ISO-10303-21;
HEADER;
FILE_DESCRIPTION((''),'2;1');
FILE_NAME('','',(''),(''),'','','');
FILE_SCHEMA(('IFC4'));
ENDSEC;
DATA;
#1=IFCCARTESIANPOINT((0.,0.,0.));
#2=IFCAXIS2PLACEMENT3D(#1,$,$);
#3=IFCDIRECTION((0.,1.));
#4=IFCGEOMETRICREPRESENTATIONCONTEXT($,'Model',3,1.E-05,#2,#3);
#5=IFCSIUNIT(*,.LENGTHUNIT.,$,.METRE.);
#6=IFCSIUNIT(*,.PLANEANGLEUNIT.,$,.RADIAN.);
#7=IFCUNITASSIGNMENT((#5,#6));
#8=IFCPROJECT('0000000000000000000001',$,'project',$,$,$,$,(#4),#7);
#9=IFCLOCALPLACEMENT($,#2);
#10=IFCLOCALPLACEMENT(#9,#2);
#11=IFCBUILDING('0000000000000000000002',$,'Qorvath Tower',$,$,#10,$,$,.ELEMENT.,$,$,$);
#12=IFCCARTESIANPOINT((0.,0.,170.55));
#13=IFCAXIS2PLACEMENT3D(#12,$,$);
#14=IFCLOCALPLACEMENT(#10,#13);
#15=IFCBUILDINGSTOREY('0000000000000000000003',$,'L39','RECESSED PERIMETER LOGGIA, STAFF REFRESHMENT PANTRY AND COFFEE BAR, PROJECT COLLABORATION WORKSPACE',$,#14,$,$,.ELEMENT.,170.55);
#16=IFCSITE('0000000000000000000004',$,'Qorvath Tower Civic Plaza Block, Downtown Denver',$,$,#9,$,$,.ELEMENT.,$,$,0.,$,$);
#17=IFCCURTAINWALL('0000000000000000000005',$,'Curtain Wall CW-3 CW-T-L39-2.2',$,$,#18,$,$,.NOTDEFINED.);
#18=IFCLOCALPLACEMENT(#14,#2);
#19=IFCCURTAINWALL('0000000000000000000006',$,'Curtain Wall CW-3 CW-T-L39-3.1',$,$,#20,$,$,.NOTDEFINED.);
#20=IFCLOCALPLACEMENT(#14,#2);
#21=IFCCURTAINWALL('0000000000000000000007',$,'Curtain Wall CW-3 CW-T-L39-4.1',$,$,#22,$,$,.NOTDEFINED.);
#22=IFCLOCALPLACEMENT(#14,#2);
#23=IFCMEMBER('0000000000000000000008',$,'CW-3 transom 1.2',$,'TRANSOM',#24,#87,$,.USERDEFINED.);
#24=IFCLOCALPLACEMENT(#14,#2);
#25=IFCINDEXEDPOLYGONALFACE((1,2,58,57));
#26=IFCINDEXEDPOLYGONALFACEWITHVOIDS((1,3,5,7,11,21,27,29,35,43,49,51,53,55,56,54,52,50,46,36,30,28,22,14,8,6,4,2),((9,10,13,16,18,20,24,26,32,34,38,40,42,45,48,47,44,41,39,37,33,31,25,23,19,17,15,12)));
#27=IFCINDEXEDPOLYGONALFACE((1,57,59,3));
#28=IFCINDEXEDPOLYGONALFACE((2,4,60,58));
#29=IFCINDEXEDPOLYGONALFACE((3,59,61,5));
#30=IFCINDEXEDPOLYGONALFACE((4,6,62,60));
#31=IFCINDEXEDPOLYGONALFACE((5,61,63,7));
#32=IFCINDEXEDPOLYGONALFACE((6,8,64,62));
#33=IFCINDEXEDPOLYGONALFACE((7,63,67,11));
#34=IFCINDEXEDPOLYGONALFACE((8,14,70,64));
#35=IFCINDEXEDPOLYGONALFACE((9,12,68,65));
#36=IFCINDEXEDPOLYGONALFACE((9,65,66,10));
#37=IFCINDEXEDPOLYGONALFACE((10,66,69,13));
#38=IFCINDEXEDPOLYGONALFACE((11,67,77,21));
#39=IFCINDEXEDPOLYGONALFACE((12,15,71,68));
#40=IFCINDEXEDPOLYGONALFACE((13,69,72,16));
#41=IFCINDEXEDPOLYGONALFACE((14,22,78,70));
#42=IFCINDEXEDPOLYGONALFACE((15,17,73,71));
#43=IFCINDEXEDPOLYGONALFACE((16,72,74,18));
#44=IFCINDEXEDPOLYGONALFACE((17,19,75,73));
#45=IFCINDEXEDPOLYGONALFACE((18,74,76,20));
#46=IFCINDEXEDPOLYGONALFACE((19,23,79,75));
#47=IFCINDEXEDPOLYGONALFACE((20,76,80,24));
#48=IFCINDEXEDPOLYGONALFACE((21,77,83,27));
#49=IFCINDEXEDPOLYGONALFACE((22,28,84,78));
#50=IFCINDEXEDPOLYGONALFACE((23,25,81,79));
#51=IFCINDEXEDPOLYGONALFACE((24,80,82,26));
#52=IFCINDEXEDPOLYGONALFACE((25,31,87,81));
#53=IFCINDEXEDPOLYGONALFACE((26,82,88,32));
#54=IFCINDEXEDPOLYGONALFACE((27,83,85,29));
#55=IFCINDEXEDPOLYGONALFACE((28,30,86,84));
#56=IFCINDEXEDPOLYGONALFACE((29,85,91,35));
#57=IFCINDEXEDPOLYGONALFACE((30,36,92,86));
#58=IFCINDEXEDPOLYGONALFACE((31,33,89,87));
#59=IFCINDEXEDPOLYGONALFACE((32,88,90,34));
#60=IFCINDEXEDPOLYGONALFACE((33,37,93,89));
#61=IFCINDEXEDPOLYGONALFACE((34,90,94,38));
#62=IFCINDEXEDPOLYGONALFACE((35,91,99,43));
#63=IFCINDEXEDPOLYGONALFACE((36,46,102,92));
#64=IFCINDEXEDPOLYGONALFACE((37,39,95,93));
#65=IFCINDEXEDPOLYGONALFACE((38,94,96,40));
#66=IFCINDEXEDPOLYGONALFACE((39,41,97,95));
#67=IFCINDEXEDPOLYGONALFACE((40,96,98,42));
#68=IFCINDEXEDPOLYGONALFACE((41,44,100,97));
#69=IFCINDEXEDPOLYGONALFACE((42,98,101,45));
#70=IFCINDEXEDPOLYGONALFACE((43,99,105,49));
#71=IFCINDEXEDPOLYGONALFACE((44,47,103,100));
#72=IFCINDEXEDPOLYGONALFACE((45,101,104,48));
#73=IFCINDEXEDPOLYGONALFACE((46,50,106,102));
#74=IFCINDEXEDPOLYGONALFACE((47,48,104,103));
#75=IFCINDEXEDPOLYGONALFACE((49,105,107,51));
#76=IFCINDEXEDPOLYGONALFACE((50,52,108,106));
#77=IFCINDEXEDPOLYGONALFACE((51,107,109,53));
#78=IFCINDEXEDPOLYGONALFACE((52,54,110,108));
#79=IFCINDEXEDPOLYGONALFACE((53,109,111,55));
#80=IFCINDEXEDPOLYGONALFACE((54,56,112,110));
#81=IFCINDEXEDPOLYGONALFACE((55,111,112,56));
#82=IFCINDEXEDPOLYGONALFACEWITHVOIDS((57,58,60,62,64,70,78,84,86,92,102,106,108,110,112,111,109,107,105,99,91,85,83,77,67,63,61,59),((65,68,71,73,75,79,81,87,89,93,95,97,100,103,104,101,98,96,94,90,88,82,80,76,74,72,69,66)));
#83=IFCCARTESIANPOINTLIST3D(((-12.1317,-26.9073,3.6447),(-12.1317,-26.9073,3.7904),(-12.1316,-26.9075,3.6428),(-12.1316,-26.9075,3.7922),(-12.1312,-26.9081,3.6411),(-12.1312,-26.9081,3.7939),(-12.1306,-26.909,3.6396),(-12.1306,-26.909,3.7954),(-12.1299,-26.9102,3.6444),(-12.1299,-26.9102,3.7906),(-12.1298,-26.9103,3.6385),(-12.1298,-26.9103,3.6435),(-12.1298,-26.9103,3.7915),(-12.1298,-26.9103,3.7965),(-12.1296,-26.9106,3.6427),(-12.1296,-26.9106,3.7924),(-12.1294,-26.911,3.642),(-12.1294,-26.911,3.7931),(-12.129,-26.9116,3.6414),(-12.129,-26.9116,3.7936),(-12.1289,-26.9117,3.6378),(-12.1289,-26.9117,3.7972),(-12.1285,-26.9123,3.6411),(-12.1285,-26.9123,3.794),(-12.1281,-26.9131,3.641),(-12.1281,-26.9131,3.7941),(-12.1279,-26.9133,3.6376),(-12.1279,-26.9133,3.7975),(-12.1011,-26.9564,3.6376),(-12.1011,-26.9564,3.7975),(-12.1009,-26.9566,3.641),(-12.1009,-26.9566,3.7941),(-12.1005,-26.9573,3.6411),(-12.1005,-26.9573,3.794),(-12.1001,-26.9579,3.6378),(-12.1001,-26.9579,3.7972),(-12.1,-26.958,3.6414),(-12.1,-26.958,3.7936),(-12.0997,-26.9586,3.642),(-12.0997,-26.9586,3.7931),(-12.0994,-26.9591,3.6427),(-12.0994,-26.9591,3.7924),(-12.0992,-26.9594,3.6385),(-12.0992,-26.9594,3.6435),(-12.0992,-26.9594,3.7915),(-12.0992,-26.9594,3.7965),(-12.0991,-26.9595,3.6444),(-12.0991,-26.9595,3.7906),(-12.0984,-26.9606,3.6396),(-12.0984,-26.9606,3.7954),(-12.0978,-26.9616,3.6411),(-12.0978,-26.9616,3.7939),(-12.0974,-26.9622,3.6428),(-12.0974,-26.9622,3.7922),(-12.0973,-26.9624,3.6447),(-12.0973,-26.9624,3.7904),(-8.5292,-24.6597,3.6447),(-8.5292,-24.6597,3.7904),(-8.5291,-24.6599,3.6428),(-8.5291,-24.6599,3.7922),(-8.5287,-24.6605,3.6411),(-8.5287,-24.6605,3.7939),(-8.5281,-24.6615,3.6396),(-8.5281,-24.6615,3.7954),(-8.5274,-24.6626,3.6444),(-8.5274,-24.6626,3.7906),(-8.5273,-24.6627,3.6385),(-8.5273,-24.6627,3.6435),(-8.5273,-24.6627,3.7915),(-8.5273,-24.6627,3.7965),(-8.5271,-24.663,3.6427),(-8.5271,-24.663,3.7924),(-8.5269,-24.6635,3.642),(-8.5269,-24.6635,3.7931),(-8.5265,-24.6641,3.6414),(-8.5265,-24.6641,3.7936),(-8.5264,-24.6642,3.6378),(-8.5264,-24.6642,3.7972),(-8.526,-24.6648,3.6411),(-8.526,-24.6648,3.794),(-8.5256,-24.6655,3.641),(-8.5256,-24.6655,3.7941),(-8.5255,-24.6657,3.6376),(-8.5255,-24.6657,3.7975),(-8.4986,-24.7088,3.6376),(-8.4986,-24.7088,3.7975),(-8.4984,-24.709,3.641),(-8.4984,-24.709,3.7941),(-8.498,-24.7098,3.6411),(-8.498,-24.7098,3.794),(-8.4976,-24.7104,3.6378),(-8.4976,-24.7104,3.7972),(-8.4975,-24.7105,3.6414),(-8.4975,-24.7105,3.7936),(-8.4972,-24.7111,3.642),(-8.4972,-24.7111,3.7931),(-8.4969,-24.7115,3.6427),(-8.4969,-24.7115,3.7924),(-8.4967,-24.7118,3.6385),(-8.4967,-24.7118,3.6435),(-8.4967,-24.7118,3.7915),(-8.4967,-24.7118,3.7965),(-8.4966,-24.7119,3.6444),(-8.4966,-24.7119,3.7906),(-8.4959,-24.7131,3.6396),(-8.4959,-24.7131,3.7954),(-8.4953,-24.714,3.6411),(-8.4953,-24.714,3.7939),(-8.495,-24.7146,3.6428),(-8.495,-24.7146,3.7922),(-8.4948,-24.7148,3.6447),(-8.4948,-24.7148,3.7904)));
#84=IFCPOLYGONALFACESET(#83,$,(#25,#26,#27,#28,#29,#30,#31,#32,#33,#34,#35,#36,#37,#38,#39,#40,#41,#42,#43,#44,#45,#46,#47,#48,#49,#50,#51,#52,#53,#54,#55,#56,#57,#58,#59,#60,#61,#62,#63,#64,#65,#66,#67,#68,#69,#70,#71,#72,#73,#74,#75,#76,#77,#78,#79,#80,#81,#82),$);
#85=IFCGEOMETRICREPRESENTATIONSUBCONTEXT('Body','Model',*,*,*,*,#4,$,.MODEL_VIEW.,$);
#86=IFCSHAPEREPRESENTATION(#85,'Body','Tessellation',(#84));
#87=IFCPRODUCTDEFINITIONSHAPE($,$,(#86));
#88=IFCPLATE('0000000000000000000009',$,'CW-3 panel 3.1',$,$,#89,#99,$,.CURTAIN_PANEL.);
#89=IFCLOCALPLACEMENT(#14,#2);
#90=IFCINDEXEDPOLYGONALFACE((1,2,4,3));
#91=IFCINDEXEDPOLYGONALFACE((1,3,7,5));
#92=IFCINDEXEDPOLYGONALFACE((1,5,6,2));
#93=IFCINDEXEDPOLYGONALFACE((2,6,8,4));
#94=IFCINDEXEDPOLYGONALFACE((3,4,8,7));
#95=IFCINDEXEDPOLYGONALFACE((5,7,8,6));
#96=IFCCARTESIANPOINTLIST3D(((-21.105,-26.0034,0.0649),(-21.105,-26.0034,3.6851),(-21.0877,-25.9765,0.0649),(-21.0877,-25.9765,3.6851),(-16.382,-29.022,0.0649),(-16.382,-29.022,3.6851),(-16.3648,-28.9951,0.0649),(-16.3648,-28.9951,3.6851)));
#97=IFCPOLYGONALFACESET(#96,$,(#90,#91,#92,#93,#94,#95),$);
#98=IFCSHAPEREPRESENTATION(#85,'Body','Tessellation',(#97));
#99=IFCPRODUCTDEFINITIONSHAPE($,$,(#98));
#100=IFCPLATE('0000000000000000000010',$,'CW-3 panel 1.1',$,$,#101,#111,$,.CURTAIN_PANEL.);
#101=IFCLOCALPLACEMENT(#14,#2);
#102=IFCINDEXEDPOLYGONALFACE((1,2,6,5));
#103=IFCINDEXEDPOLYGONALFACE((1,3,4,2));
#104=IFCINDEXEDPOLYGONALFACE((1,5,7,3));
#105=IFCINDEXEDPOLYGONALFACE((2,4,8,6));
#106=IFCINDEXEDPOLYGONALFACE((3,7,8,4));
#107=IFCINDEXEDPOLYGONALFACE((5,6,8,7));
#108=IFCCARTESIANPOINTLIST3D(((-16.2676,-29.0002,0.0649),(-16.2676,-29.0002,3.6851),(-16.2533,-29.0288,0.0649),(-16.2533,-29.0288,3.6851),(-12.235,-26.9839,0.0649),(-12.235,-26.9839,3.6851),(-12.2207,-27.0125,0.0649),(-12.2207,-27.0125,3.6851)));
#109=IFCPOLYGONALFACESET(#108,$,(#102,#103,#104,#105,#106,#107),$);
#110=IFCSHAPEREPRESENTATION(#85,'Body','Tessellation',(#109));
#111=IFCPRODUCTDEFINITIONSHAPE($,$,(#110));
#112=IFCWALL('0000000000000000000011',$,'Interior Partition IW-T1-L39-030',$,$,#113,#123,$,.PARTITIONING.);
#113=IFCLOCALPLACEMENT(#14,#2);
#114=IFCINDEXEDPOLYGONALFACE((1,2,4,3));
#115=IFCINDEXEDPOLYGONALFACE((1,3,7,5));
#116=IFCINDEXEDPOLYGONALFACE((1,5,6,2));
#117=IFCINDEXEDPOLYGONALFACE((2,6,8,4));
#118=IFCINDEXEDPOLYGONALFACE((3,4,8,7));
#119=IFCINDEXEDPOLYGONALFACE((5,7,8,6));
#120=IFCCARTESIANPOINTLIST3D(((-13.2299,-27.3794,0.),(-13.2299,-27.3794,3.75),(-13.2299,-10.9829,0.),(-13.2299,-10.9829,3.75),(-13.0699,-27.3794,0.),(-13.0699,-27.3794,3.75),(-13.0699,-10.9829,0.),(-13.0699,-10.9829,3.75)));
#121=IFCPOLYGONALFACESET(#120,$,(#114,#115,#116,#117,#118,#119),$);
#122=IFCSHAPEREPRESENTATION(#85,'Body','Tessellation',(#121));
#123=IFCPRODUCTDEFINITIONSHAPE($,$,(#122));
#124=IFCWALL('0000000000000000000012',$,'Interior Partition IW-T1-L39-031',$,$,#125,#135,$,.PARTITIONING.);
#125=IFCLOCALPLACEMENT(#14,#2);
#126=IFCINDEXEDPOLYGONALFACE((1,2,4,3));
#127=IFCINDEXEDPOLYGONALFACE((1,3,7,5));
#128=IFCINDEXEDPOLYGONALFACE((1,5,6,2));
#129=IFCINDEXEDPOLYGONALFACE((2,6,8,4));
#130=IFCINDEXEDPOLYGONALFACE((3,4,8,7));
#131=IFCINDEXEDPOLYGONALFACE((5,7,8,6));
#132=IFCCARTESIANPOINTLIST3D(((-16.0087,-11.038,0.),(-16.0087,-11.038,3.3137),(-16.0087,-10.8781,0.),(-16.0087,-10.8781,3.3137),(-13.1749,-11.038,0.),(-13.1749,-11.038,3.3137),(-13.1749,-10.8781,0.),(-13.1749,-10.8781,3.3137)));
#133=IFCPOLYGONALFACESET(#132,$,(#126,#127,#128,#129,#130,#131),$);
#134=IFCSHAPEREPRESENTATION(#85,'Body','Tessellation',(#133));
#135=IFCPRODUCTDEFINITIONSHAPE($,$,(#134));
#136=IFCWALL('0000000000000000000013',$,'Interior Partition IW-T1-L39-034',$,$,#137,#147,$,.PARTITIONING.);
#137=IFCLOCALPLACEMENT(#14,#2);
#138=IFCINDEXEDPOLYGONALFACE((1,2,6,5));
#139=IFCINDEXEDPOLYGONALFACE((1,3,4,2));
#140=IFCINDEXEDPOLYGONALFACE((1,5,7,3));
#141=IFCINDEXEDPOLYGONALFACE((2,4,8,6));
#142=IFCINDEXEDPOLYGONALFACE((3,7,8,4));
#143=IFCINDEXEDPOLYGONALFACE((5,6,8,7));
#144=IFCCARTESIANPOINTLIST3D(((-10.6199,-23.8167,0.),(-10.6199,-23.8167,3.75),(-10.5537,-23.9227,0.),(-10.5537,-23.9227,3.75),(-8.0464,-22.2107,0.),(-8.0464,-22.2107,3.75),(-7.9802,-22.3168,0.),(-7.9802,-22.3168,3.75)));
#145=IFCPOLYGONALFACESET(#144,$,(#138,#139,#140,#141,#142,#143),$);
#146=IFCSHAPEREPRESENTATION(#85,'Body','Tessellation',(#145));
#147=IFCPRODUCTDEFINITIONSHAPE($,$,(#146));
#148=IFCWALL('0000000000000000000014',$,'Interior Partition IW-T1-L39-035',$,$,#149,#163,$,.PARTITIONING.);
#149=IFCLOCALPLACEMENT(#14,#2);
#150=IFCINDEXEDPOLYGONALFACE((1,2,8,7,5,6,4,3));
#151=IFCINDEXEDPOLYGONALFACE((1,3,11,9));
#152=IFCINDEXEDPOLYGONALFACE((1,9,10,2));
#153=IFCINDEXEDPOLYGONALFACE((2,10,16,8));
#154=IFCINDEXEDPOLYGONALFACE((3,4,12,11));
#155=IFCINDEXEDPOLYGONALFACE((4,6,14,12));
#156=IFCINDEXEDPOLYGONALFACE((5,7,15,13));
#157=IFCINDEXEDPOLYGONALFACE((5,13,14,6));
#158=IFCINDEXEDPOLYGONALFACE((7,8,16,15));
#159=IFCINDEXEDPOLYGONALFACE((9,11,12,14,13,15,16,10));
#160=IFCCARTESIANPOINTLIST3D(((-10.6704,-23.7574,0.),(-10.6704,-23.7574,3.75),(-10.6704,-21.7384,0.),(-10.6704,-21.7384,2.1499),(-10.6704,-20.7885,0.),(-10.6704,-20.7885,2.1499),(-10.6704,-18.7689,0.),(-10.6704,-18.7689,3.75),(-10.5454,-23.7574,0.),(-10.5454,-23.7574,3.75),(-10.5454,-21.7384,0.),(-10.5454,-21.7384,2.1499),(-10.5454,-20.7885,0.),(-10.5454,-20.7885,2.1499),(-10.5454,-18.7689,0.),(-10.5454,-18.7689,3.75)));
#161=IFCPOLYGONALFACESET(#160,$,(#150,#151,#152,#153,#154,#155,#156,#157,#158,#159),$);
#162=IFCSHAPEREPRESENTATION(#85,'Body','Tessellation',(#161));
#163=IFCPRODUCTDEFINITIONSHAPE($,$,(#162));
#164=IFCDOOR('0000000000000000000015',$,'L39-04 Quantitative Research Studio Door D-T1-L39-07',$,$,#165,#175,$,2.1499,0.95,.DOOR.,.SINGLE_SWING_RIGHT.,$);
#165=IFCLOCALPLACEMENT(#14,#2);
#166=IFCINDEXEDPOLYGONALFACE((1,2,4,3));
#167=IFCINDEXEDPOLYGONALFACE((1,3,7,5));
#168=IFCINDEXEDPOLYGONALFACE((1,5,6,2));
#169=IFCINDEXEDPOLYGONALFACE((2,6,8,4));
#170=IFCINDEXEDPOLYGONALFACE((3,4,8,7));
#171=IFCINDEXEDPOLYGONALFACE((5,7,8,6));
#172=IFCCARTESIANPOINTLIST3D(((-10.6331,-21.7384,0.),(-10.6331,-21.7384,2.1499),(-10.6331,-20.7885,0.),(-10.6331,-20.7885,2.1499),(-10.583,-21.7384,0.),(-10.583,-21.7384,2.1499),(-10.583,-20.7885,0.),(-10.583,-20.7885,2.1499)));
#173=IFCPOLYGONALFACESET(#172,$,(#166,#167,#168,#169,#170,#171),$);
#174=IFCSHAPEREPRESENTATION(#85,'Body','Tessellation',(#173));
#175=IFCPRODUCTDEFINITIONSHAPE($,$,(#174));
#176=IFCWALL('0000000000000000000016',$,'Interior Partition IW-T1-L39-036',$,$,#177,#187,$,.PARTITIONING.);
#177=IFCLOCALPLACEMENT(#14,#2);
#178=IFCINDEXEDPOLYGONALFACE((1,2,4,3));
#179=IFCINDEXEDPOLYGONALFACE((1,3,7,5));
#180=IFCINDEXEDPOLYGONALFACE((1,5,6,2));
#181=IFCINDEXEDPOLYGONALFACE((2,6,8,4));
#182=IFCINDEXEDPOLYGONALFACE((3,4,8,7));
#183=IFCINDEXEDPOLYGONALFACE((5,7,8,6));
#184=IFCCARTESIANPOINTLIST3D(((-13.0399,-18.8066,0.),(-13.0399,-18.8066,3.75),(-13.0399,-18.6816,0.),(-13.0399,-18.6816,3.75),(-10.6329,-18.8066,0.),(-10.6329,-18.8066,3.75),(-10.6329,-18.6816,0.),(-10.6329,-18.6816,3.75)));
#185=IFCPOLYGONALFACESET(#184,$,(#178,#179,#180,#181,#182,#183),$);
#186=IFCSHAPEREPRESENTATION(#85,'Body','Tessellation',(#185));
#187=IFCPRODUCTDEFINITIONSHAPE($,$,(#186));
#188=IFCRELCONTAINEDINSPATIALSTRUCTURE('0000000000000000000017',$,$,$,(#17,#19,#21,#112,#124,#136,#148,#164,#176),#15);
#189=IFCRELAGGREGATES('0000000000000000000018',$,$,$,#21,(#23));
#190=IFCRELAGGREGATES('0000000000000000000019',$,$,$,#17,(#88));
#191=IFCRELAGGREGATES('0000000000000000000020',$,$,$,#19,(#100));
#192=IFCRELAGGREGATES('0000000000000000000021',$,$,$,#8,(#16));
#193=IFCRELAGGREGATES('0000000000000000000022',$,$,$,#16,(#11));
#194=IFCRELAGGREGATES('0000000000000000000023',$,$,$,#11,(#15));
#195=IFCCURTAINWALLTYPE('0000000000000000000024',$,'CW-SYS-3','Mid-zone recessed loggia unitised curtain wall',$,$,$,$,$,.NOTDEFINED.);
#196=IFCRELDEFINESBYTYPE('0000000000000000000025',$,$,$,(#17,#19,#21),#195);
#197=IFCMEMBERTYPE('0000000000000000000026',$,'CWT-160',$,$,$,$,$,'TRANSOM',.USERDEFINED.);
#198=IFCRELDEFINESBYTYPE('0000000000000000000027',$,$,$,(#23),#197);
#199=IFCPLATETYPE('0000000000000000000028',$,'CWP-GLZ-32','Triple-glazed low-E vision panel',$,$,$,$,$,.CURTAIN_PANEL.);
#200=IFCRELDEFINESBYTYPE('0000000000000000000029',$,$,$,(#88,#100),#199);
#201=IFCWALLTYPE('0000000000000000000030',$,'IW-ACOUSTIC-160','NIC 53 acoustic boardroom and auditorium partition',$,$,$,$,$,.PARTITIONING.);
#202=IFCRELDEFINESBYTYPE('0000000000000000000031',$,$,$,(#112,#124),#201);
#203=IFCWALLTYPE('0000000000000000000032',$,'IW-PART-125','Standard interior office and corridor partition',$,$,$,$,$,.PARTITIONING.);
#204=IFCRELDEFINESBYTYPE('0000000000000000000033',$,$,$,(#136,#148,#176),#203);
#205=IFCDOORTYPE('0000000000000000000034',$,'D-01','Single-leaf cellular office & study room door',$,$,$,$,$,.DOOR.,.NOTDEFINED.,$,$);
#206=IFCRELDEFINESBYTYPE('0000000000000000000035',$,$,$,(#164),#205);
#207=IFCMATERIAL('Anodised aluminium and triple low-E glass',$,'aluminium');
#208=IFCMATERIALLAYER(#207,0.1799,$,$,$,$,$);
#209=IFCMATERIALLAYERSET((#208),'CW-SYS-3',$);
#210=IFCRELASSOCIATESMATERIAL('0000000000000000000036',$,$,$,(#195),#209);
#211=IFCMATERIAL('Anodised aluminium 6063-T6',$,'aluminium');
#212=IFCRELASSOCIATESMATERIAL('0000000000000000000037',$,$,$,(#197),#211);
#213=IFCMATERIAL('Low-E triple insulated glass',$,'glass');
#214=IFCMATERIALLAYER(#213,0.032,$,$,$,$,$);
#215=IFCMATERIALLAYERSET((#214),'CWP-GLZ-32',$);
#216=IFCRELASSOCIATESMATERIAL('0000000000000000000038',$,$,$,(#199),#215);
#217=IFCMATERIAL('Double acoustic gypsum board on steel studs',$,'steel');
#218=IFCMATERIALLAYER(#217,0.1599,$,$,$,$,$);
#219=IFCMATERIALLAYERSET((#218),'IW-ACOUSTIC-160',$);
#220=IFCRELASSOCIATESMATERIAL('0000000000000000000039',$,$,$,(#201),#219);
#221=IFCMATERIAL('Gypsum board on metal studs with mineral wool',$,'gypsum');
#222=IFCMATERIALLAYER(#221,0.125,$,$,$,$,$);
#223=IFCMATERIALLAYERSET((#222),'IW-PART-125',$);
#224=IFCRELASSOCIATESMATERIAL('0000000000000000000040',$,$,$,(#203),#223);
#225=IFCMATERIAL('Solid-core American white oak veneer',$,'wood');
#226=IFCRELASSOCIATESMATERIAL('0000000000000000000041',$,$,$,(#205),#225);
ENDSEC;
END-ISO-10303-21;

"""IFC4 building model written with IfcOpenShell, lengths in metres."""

from ifc_helpers import new_model, si_unit, direction, frame, frame_2d, origin, origin_2d, place, context, subcontext, project, spatial, rectangle, hollow_rectangle, extrude, material, layer, layer_set, material_profile, profile_set, type_object, element, fill, aggregate, save


model = new_model("IFC4")

# Units and contexts
model_context = context("Model", 3, precision=1e-05, world=origin(), true_north=direction((0.0, 1.0)))
body_context = subcontext(model_context, "Body", "Model", "MODEL_VIEW")
ifc_project = project(units=[si_unit("LENGTHUNIT", "METRE"), si_unit("PLANEANGLEUNIT", "RADIAN")], contexts=[model_context])

# Site, building, storey
site_placement = place(None, origin())
site = spatial("IfcSite", under=ifc_project, at=site_placement, Name="Qorvath Tower Civic Plaza Block, Downtown Denver", CompositionType="ELEMENT", RefElevation=0.0)
building_placement = place(site_placement, origin())
building = spatial("IfcBuilding", under=site, at=building_placement, Name="Qorvath Tower", CompositionType="ELEMENT")
storey_placement = place(building_placement, frame((0.0, 0.0, 170.55)))
storey = spatial("IfcBuildingStorey", under=building, at=storey_placement, Name="L39", Description="RECESSED PERIMETER LOGGIA, STAFF REFRESHMENT PANTRY AND COFFEE BAR, PROJECT COLLABORATION WORKSPACE", CompositionType="ELEMENT", Elevation=170.55)

# Curtain wall
ifc_material_1 = material(Name="Anodised aluminium and triple low-E glass", Category="aluminium")
ifc_layer_1 = layer(ifc_material_1, 0.1799)
ifc_layer_set_1 = layer_set([ifc_layer_1], Name="CW-SYS-3")
curtain_wall_type = type_object("IfcCurtainWallType", Name="CW-SYS-3", Description="Mid-zone recessed loggia unitised curtain wall", PredefinedType="NOTDEFINED", material=ifc_layer_set_1)
curtain_wall_1_placement = place(storey_placement, origin())
curtain_wall_1 = element("IfcCurtainWall", 1, at=curtain_wall_1_placement, inside=storey, type_object=curtain_wall_type, Name="Curtain Wall CW-3 CW-T-L39-2.2", PredefinedType="NOTDEFINED")

# Curtain wall
curtain_wall_2_placement = place(storey_placement, origin())
curtain_wall_2 = element("IfcCurtainWall", 2, at=curtain_wall_2_placement, inside=storey, type_object=curtain_wall_type, Name="Curtain Wall CW-3 CW-T-L39-3.1", PredefinedType="NOTDEFINED")

# Curtain wall
curtain_wall_3_placement = place(storey_placement, origin())
curtain_wall_3 = element("IfcCurtainWall", 3, at=curtain_wall_3_placement, inside=storey, type_object=curtain_wall_type, Name="Curtain Wall CW-3 CW-T-L39-4.1", PredefinedType="NOTDEFINED")

# Member
ifc_material_2 = material(Name="Anodised aluminium 6063-T6", Category="aluminium")
ifc_material_profile_1 = material_profile(ifc_material_2, hollow_rectangle(XDim=0.0649, YDim=0.1599, WallThickness=0.0034, InnerFilletRadius=0.0034, OuterFilletRadius=0.0071, at=origin_2d()), Name="CWT 160x65")
ifc_profile_set_1 = profile_set([ifc_material_profile_1], Name="Anodised aluminium 6063-T6")
member_type_1 = type_object("IfcMemberType", Name="CWT-160", ElementType="TRANSOM", PredefinedType="USERDEFINED", material=ifc_profile_set_1)
member_1_placement = place(storey_placement, frame((-12.1145, -26.9348, 3.7175), z_axis=(0.848424, 0.529317, 0.0), x_axis=(-0.529317, 0.848424, 0.0)))
member_1 = element("IfcMember", 4, at=member_1_placement, type_object=member_type_1, Name="CW-3 transom 1.2", ObjectType="TRANSOM", PredefinedType="USERDEFINED", context=body_context, shape_type="SweptSolid", body=[
    extrude(hollow_rectangle(XDim=0.0649, YDim=0.1599, WallThickness=0.0034, InnerFilletRadius=0.0034, OuterFilletRadius=0.0071, at=origin_2d()), origin(), (0.0, 0.0, 1.0), 4.2461),
])
aggregate(curtain_wall_3, [member_1])

# Plates
ifc_material_3 = material(Name="Low-E triple insulated glass", Category="glass")
ifc_layer_2 = layer(ifc_material_3, 0.032)
ifc_layer_set_2 = layer_set([ifc_layer_2], Name="CWP-GLZ-32")
plate_type = type_object("IfcPlateType", Name="CWP-GLZ-32", Description="Triple-glazed low-E vision panel", PredefinedType="CURTAIN_PANEL", material=ifc_layer_set_2)
plate_1_placement = place(storey_placement, frame((-18.7349, -27.4993, 0.0649), z_axis=(0.0, 0.0, 1.0), x_axis=(0.842604, -0.538534, 0.0)))
plate_1 = element("IfcPlate", 5, at=plate_1_placement, type_object=plate_type, Name="CW-3 panel 3.1", PredefinedType="CURTAIN_PANEL", context=body_context, shape_type="SweptSolid", body=[
    extrude(rectangle(XDim=5.6052, YDim=0.032, at=origin_2d()), origin(), (0.0, 0.0, 1.0), 3.6201),
])
aggregate(curtain_wall_1, [plate_1])
plate_2_placement = place(storey_placement, frame((-14.2441, -28.0063, 0.0649), z_axis=(0.0, 0.0, 1.0), x_axis=(0.894423, 0.447222, 0.0)))
plate_2 = element("IfcPlate", 6, at=plate_2_placement, type_object=plate_type, Name="CW-3 panel 1.1", PredefinedType="CURTAIN_PANEL", context=body_context, shape_type="SweptSolid", body=[
    extrude(rectangle(XDim=4.5085, YDim=0.032, at=origin_2d()), origin(), (0.0, 0.0, 1.0), 3.6201),
])
aggregate(curtain_wall_2, [plate_2])

# Shared definitions
ifc_material_4 = material(Name="Double acoustic gypsum board on steel studs", Category="steel")
ifc_layer_3 = layer(ifc_material_4, 0.1599)
ifc_layer_set_3 = layer_set([ifc_layer_3], Name="IW-ACOUSTIC-160")
wall_type_1 = type_object("IfcWallType", Name="IW-ACOUSTIC-160", Description="NIC 53 acoustic boardroom and auditorium partition", PredefinedType="PARTITIONING", material=ifc_layer_set_3)

# Walls
wall_1_placement = place(storey_placement, frame((-13.1499, -27.3794, 0.0), z_axis=(0.0, 0.0, 1.0), x_axis=(0.0, 1.0, 0.0)))
element("IfcWall", 7, at=wall_1_placement, inside=storey, type_object=wall_type_1, Name="Interior Partition IW-T1-L39-030", PredefinedType="PARTITIONING", context=body_context, shape_type="SweptSolid", body=[
    extrude(rectangle(XDim=16.3965, YDim=0.1599, at=frame_2d((8.1982, 0.0))), origin(), (0.0, 0.0, 1.0), 3.75),
])
wall_2_placement = place(storey_placement, frame((-13.1748, -10.958, 0.0), z_axis=(0.0, 0.0, 1.0), x_axis=(-1.0, 0.0, 0.0)))
element("IfcWall", 8, at=wall_2_placement, inside=storey, type_object=wall_type_1, Name="Interior Partition IW-T1-L39-031", PredefinedType="PARTITIONING", context=body_context, shape_type="SweptSolid", body=[
    extrude(rectangle(XDim=2.8337, YDim=0.1599, at=frame_2d((1.417, 0.0))), origin(), (0.0, 0.0, 1.0), 3.3137),
])
ifc_material_5 = material(Name="Gypsum board on metal studs with mineral wool", Category="gypsum")
ifc_layer_4 = layer(ifc_material_5, 0.125)
ifc_layer_set_4 = layer_set([ifc_layer_4], Name="IW-PART-125")
wall_type_2 = type_object("IfcWallType", Name="IW-PART-125", Description="Standard interior office and corridor partition", PredefinedType="PARTITIONING", material=ifc_layer_set_4)
wall_3_placement = place(storey_placement, frame((-10.5867, -23.8696, 0.0), z_axis=(0.0, 0.0, 1.0), x_axis=(0.848364, 0.529413, 0.0)))
element("IfcWall", 9, at=wall_3_placement, inside=storey, type_object=wall_type_2, Name="Interior Partition IW-T1-L39-034", PredefinedType="PARTITIONING", context=body_context, shape_type="SweptSolid", body=[
    extrude(rectangle(XDim=3.0334, YDim=0.125, at=frame_2d((1.5166, 0.0))), origin(), (0.0, 0.0, 1.0), 3.75),
])

# Wall, opening, door
wall_4_placement = place(storey_placement, frame((-10.6079, -18.769, 0.0), z_axis=(0.0, 0.0, 1.0), x_axis=(0.0, -1.0, 0.0)))
wall_4 = element("IfcWall", 10, at=wall_4_placement, inside=storey, type_object=wall_type_2, Name="Interior Partition IW-T1-L39-035", PredefinedType="PARTITIONING", context=body_context, shape_type="SweptSolid", body=[
    extrude(rectangle(XDim=4.9885, YDim=0.125, at=frame_2d((2.4941, 0.0))), origin(), (0.0, 0.0, 1.0), 3.75),
])
opening_1_placement = place(wall_4_placement, frame((2.0193, 0.0, 0.0)))
opening_1 = element("IfcOpeningElement", 11, at=opening_1_placement, cuts=wall_4, PredefinedType="OPENING", context=body_context, shape_type="SweptSolid", body=[
    extrude(rectangle(XDim=0.95, YDim=2.1499, at=frame_2d((0.4751, 1.075))), frame((0.0, 0.0725, 0.0), z_axis=(0.0, -1.0, 0.0), x_axis=(1.0, 0.0, 0.0)), (0.0, 0.0, 1.0), 0.145),
])
ifc_material_6 = material(Name="Solid-core American white oak veneer", Category="wood")
door_type_1 = type_object("IfcDoorType", Name="D-01", Description="Single-leaf cellular office & study room door", OperationType="NOTDEFINED", PredefinedType="DOOR", material=ifc_material_6)
door_1_placement = place(opening_1_placement, origin())
door_1 = element("IfcDoor", 12, at=door_1_placement, inside=storey, type_object=door_type_1, Name="L39-04 Quantitative Research Studio Door D-T1-L39-07", OperationType="SINGLE_SWING_RIGHT", OverallHeight=2.1499, OverallWidth=0.95, PredefinedType="DOOR", context=body_context, shape_type="SweptSolid", body=[
    extrude(rectangle(XDim=0.95, YDim=2.1499, at=frame_2d((0.4751, 1.075))), frame((0.0, 0.0249, 0.0), z_axis=(0.0, -1.0, 0.0), x_axis=(1.0, 0.0, 0.0)), (0.0, 0.0, 1.0), 0.05),
])
fill(opening_1, door_1)

# Wall
wall_5_placement = place(storey_placement, frame((-10.6328, -18.7441, 0.0), z_axis=(0.0, 0.0, 1.0), x_axis=(-1.0, 0.0, 0.0)))
element("IfcWall", 13, at=wall_5_placement, inside=storey, type_object=wall_type_2, Name="Interior Partition IW-T1-L39-036", PredefinedType="PARTITIONING", context=body_context, shape_type="SweptSolid", body=[
    extrude(rectangle(XDim=2.407, YDim=0.125, at=frame_2d((1.2036, 0.0))), origin(), (0.0, 0.0, 1.0), 3.75),
])

save(model, "model.ifc")
